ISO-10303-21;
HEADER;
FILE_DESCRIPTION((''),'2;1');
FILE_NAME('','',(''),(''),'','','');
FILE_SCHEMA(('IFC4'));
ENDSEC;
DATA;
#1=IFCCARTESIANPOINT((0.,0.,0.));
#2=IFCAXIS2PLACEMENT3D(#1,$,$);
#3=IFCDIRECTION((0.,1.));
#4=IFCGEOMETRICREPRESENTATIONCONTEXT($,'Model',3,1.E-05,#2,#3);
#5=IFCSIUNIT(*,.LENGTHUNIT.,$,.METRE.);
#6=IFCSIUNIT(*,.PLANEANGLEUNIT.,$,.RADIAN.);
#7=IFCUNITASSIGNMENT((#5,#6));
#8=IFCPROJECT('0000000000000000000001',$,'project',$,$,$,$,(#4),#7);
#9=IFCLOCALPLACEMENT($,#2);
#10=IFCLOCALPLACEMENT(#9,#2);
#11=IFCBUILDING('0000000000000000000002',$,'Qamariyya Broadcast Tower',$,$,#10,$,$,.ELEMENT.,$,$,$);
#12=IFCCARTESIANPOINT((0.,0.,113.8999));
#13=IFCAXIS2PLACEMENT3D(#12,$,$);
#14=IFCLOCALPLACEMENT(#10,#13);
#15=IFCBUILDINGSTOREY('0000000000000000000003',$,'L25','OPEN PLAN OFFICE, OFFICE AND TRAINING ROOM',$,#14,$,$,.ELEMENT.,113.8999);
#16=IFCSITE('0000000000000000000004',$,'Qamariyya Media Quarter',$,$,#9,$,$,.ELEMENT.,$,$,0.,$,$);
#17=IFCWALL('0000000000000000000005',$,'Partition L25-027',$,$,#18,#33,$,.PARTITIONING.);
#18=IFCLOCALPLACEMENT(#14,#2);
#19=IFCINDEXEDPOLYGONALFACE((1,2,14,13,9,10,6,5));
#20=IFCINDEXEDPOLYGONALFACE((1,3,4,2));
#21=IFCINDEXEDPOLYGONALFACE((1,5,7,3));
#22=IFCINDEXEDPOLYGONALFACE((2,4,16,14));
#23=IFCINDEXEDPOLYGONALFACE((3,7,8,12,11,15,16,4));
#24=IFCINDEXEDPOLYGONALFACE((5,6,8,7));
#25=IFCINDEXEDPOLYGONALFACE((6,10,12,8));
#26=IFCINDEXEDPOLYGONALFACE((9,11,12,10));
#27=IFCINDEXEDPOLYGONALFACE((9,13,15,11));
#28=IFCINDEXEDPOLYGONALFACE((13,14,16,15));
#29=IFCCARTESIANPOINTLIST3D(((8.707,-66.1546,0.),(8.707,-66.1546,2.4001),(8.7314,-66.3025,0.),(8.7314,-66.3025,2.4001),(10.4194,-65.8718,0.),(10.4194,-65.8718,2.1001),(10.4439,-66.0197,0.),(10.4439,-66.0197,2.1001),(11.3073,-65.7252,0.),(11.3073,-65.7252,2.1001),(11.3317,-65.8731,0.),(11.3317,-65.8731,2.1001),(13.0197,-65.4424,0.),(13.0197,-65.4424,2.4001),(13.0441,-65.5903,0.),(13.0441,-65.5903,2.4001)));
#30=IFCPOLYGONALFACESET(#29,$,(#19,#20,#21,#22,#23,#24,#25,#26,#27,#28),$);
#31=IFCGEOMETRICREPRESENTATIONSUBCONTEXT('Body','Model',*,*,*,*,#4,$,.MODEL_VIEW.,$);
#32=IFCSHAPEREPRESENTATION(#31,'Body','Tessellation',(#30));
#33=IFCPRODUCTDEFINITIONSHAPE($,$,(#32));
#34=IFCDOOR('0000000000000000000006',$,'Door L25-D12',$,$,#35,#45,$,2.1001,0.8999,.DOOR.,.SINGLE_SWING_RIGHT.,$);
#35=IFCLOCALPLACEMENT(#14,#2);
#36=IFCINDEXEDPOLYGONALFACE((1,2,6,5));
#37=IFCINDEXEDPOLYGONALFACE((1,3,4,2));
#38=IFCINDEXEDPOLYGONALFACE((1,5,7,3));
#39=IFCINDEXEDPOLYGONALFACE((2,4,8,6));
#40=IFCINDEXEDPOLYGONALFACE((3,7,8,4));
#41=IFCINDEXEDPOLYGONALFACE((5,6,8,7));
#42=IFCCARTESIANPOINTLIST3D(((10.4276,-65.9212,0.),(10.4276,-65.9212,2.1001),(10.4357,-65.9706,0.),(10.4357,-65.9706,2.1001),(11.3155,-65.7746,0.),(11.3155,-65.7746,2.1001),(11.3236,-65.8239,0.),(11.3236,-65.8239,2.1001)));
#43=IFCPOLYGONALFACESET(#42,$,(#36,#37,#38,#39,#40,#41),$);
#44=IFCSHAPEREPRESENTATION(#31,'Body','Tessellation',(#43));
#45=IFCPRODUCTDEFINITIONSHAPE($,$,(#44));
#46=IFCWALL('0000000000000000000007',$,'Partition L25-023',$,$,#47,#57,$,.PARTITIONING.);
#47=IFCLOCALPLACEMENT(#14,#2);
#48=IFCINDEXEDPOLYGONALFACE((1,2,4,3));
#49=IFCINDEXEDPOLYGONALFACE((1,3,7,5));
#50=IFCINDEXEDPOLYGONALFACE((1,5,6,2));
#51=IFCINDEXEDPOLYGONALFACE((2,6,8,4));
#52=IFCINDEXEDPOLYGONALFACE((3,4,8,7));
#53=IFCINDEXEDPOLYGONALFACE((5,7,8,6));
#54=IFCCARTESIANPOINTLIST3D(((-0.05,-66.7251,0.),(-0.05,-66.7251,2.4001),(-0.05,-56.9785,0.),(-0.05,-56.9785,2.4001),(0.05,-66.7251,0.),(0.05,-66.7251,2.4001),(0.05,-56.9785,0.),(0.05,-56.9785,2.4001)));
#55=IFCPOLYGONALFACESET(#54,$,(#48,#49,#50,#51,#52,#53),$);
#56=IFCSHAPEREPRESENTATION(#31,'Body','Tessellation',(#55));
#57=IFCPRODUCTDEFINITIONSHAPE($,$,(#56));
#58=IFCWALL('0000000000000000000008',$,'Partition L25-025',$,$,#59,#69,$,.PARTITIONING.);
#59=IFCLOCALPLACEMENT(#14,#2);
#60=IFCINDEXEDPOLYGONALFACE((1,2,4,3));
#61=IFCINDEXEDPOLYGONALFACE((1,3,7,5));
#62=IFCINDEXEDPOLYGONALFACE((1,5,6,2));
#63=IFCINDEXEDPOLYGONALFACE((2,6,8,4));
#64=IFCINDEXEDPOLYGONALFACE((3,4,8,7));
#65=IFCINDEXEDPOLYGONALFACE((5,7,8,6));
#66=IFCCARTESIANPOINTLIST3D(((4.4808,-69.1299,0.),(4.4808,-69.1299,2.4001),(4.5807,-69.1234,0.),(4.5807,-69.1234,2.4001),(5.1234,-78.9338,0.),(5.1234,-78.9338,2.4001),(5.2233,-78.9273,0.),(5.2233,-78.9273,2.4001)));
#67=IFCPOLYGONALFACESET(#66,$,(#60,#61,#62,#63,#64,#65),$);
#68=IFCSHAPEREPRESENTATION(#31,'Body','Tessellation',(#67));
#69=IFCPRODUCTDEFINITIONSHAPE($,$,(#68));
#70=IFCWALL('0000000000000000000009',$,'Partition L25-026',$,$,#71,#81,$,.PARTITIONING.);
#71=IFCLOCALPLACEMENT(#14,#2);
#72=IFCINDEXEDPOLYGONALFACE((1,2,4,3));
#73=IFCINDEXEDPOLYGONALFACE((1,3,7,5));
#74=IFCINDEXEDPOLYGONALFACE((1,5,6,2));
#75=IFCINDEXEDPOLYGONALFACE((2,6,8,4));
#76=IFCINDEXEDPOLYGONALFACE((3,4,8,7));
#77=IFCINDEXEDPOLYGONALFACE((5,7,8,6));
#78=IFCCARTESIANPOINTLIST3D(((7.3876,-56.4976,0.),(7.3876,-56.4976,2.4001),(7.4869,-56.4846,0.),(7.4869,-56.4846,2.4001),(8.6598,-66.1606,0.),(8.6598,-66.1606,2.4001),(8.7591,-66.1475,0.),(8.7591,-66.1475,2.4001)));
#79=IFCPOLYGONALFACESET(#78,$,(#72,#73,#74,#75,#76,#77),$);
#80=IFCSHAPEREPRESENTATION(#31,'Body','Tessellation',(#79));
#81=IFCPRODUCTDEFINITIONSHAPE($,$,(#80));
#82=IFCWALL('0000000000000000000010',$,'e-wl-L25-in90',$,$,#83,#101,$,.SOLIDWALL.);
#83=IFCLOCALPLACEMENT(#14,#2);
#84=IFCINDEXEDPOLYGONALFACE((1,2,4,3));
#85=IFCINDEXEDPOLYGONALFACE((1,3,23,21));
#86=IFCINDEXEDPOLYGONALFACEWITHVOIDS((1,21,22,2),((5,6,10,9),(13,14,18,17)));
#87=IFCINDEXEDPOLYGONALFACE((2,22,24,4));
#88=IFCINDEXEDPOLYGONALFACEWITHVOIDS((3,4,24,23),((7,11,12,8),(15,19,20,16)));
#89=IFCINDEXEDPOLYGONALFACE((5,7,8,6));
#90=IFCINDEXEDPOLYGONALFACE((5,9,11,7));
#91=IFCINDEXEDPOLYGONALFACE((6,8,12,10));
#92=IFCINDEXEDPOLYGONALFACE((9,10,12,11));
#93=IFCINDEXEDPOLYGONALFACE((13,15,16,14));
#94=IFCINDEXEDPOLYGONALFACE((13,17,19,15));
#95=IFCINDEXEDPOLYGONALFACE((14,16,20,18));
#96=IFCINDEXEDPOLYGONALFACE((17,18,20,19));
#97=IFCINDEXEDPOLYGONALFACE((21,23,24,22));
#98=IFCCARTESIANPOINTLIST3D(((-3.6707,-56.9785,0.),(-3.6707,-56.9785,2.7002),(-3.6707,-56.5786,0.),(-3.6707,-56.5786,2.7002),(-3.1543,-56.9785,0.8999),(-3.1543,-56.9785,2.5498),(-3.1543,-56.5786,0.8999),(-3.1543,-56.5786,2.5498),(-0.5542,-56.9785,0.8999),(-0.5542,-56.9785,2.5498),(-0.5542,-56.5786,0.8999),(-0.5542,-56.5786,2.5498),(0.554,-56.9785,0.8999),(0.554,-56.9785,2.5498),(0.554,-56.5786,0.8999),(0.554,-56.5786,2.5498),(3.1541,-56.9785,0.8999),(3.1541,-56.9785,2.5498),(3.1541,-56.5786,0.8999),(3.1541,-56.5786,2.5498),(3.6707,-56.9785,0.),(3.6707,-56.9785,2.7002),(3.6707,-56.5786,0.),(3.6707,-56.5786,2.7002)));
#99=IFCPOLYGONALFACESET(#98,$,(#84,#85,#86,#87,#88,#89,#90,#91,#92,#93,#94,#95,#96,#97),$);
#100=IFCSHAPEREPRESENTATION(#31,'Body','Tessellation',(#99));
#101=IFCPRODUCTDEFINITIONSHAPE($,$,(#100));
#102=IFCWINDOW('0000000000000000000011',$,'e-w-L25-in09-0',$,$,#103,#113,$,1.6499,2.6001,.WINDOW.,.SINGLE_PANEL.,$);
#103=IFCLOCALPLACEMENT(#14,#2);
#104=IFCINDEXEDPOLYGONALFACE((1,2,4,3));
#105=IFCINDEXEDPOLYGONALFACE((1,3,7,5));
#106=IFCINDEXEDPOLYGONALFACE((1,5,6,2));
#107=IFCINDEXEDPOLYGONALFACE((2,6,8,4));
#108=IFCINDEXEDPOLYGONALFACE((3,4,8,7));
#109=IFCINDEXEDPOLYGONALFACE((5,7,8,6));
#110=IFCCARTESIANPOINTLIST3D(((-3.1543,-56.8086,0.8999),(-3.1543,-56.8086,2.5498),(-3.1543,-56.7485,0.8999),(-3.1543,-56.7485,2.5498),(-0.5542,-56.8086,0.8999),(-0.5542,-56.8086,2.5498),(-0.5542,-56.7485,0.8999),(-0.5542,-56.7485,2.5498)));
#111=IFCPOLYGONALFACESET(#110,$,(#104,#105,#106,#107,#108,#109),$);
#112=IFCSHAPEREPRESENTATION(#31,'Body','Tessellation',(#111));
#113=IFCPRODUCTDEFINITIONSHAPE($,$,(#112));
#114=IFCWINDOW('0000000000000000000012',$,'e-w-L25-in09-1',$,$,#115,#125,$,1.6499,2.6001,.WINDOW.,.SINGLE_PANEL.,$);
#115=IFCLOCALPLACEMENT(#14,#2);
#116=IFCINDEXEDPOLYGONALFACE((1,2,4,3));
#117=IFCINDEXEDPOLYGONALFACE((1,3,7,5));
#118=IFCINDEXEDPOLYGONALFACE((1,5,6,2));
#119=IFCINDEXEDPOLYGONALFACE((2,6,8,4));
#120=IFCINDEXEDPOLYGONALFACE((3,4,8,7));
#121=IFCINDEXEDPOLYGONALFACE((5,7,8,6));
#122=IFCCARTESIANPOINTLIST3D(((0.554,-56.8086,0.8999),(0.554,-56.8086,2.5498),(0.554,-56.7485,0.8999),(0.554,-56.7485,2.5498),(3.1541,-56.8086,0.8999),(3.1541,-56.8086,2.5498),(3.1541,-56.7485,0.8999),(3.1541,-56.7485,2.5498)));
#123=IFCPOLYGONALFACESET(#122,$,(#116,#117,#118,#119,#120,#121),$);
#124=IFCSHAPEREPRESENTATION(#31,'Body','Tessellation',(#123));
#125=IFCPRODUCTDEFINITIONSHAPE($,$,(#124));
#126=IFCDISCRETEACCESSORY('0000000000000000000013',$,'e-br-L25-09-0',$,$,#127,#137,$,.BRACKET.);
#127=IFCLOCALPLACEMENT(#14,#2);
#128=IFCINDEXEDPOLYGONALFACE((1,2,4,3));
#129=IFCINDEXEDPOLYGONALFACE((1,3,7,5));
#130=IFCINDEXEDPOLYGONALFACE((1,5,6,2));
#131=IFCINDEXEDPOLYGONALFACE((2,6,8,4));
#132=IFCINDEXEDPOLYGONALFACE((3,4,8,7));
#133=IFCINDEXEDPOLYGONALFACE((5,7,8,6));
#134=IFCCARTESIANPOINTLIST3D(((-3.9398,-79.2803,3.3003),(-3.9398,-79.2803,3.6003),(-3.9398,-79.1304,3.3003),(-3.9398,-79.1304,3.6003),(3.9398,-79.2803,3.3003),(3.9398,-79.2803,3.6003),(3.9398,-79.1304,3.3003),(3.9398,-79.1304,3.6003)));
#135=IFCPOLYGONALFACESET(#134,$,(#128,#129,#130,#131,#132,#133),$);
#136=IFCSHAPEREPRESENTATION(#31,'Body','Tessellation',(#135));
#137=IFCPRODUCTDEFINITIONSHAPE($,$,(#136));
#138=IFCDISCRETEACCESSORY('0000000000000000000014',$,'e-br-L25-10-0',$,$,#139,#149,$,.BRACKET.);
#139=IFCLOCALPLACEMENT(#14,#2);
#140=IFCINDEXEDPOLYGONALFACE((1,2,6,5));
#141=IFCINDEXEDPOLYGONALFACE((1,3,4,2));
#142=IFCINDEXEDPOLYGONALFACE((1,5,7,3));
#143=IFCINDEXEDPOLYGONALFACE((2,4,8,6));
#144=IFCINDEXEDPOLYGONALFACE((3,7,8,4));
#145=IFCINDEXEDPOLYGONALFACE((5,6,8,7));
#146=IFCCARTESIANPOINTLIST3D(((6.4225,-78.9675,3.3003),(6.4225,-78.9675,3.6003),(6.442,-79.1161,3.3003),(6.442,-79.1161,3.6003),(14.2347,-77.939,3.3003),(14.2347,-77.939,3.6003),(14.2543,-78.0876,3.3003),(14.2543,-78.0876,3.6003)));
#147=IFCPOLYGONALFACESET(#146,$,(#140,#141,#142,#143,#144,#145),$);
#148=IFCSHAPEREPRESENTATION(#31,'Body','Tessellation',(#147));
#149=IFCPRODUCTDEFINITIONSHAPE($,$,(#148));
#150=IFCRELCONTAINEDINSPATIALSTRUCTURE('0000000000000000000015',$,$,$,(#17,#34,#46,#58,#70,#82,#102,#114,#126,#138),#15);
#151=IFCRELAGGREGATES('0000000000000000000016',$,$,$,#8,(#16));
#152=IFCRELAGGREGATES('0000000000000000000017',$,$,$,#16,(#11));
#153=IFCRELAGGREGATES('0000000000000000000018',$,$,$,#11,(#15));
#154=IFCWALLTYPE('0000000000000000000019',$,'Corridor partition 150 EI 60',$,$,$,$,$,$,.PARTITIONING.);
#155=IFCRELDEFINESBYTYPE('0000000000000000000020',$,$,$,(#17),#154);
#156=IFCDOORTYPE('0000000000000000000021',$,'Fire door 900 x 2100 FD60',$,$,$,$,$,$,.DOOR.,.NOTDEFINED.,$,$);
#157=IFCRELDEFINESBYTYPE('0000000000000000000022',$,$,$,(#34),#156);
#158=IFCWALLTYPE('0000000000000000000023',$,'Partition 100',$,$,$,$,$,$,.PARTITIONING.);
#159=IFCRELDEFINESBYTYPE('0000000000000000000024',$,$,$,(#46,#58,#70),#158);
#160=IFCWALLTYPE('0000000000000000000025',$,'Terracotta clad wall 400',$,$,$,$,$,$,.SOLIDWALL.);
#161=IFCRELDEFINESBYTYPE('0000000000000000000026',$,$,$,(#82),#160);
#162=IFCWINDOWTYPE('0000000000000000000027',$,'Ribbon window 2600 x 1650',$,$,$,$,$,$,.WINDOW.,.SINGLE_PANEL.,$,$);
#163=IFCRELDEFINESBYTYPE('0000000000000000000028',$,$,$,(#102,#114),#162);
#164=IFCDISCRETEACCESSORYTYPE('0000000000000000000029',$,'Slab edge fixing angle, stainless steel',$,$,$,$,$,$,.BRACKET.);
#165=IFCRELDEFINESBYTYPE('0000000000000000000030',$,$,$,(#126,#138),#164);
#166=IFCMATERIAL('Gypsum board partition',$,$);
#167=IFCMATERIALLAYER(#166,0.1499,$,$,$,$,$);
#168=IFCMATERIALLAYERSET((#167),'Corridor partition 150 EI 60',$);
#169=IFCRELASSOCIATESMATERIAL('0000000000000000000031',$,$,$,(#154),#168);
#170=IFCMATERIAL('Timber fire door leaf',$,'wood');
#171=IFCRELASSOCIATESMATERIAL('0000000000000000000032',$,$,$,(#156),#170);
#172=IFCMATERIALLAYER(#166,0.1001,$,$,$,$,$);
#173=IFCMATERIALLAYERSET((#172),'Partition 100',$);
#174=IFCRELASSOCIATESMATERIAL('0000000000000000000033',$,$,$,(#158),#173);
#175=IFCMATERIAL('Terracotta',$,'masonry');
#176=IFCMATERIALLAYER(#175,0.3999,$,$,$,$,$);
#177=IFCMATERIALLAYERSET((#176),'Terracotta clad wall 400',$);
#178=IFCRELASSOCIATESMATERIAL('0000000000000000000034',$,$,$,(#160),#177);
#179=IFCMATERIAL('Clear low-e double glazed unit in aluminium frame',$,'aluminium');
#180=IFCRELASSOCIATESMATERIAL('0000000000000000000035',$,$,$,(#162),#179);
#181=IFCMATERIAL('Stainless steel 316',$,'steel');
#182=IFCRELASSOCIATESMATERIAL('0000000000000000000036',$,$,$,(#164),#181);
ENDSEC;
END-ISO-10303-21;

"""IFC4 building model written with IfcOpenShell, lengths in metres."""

from ifc_helpers import new_model, si_unit, direction, frame, frame_2d, origin, origin_2d, place, context, subcontext, project, spatial, rectangle, extrude, material, layer, layer_set, type_object, element, fill, save


model = new_model("IFC4")

# Units and contexts
model_context = context("Model", 3, precision=1e-05, world=origin(), true_north=direction((0.0, 1.0)))
body_context = subcontext(model_context, "Body", "Model", "MODEL_VIEW")
ifc_project = project(units=[si_unit("LENGTHUNIT", "METRE"), si_unit("PLANEANGLEUNIT", "RADIAN")], contexts=[model_context])

# Site, building, storey
site_placement = place(None, origin())
site = spatial("IfcSite", under=ifc_project, at=site_placement, Name="Qamariyya Media Quarter", CompositionType="ELEMENT", RefElevation=0.0)
building_placement = place(site_placement, origin())
building = spatial("IfcBuilding", under=site, at=building_placement, Name="Qamariyya Broadcast Tower", CompositionType="ELEMENT")
storey_placement = place(building_placement, frame((0.0, 0.0, 113.8999)))
storey = spatial("IfcBuildingStorey", under=building, at=storey_placement, Name="L25", Description="OPEN PLAN OFFICE, OFFICE AND TRAINING ROOM", CompositionType="ELEMENT", Elevation=113.8999)

# Wall, opening, door
ifc_material_1 = material(Name="Gypsum board partition")
ifc_layer_1 = layer(ifc_material_1, 0.1499)
ifc_layer_set_1 = layer_set([ifc_layer_1], Name="Corridor partition 150 EI 60")
wall_type_1 = type_object("IfcWallType", Name="Corridor partition 150 EI 60", PredefinedType="PARTITIONING", material=ifc_layer_set_1)
ifc_material_2 = material(Name="Timber fire door leaf", Category="wood")
wall_1_placement = place(storey_placement, frame((8.7192, -66.2285, 0.0), z_axis=(0.0, 0.0, 1.0), x_axis=(0.986639, 0.162922, 0.0)))
wall_1 = element("IfcWall", 1, at=wall_1_placement, inside=storey, type_object=wall_type_1, Name="Partition L25-027", PredefinedType="PARTITIONING", context=body_context, shape_type="SweptSolid", body=[
    extrude(rectangle(XDim=4.3711, YDim=0.1499, at=frame_2d((2.1855, 0.0))), origin(), (0.0, 0.0, 1.0), 2.4001),
])
opening_1_placement = place(wall_1_placement, frame((1.7356, 0.0, 0.0)))
opening_1 = element("IfcOpeningElement", 2, at=opening_1_placement, cuts=wall_1, PredefinedType="OPENING", context=body_context, shape_type="SweptSolid", body=[
    extrude(rectangle(XDim=0.8999, YDim=2.1001, at=frame_2d((0.45, 1.05))), frame((0.0, 0.085, 0.0), z_axis=(0.0, -1.0, 0.0), x_axis=(1.0, 0.0, 0.0)), (0.0, 0.0, 1.0), 0.1699),
])
door_type_1 = type_object("IfcDoorType", Name="Fire door 900 x 2100 FD60", OperationType="NOTDEFINED", PredefinedType="DOOR", material=ifc_material_2)
door_1_placement = place(opening_1_placement, origin())
door_1 = element("IfcDoor", 3, at=door_1_placement, inside=storey, type_object=door_type_1, Name="Door L25-D12", OperationType="SINGLE_SWING_RIGHT", OverallHeight=2.1001, OverallWidth=0.8999, PredefinedType="DOOR", context=body_context, shape_type="SweptSolid", body=[
    extrude(rectangle(XDim=0.8999, YDim=2.1001, at=frame_2d((0.45, 1.05))), frame((0.0, 0.0249, 0.0), z_axis=(0.0, -1.0, 0.0), x_axis=(1.0, 0.0, 0.0)), (0.0, 0.0, 1.0), 0.05),
])
fill(opening_1, door_1)

# Walls
ifc_layer_2 = layer(ifc_material_1, 0.1001)
ifc_layer_set_2 = layer_set([ifc_layer_2], Name="Partition 100")
wall_type_2 = type_object("IfcWallType", Name="Partition 100", PredefinedType="PARTITIONING", material=ifc_layer_set_2)
wall_2_placement = place(storey_placement, frame((0.0, -56.9785, 0.0), z_axis=(0.0, 0.0, 1.0), x_axis=(0.0, -1.0, 0.0)))
element("IfcWall", 4, at=wall_2_placement, inside=storey, type_object=wall_type_2, Name="Partition L25-023", PredefinedType="PARTITIONING", context=body_context, shape_type="SweptSolid", body=[
    extrude(rectangle(XDim=9.7466, YDim=0.1001, at=frame_2d((4.8733, 0.0))), origin(), (0.0, 0.0, 1.0), 2.4001),
])
wall_3_placement = place(storey_placement, frame((5.1733, -78.9307, 0.0), z_axis=(0.0, 0.0, 1.0), x_axis=(-0.065402, 0.997859, 0.0)))
element("IfcWall", 5, at=wall_3_placement, inside=storey, type_object=wall_type_2, Name="Partition L25-025", PredefinedType="PARTITIONING", context=body_context, shape_type="SweptSolid", body=[
    extrude(rectangle(XDim=9.825, YDim=0.1001, at=frame_2d((4.9126, 0.0))), origin(), (0.0, 0.0, 1.0), 2.4001),
])
wall_4_placement = place(storey_placement, frame((7.4373, -56.4912, 0.0), z_axis=(0.0, 0.0, 1.0), x_axis=(0.130534, -0.991444, 0.0)))
element("IfcWall", 6, at=wall_4_placement, inside=storey, type_object=wall_type_2, Name="Partition L25-026", PredefinedType="PARTITIONING", context=body_context, shape_type="SweptSolid", body=[
    extrude(rectangle(XDim=9.7463, YDim=0.1001, at=frame_2d((4.873, 0.0))), origin(), (0.0, 0.0, 1.0), 2.4001),
])

# Wall, openings, windows
ifc_material_3 = material(Name="Terracotta", Category="masonry")
ifc_layer_3 = layer(ifc_material_3, 0.3999)
ifc_layer_set_3 = layer_set([ifc_layer_3], Name="Terracotta clad wall 400")
wall_type_3 = type_object("IfcWallType", Name="Terracotta clad wall 400", PredefinedType="SOLIDWALL", material=ifc_layer_set_3)
wall_5_placement = place(storey_placement, frame((3.6707, -56.7786, 0.0), z_axis=(0.0, 0.0, 1.0), x_axis=(-1.0, 0.0, 0.0)))
wall_5 = element("IfcWall", 7, at=wall_5_placement, inside=storey, type_object=wall_type_3, Name="e-wl-L25-in90", PredefinedType="SOLIDWALL", context=body_context, shape_type="SweptSolid", body=[
    extrude(rectangle(XDim=7.3413, YDim=0.3999, at=frame_2d((3.6707, 0.0))), origin(), (0.0, 0.0, 1.0), 2.7002),
])
opening_2_placement = place(wall_5_placement, frame((4.2249, 0.0, 0.8999)))
opening_2 = element("IfcOpeningElement", 8, at=opening_2_placement, cuts=wall_5, PredefinedType="OPENING", context=body_context, shape_type="SweptSolid", body=[
    extrude(rectangle(XDim=2.6001, YDim=1.6499, at=frame_2d((1.3, 0.825))), frame((0.0, 0.21, 0.0), z_axis=(0.0, -1.0, 0.0), x_axis=(1.0, 0.0, 0.0)), (0.0, 0.0, 1.0), 0.4199),
])
opening_3_placement = place(wall_5_placement, frame((0.5166, 0.0, 0.8999)))
opening_3 = element("IfcOpeningElement", 9, at=opening_3_placement, cuts=wall_5, PredefinedType="OPENING", context=body_context, shape_type="SweptSolid", body=[
    extrude(rectangle(XDim=2.6001, YDim=1.6499, at=frame_2d((1.3, 0.825))), frame((0.0, 0.21, 0.0), z_axis=(0.0, -1.0, 0.0), x_axis=(1.0, 0.0, 0.0)), (0.0, 0.0, 1.0), 0.4199),
])
ifc_material_4 = material(Name="Clear low-e double glazed unit in aluminium frame", Category="aluminium")
window_type = type_object("IfcWindowType", Name="Ribbon window 2600 x 1650", PartitioningType="SINGLE_PANEL", PredefinedType="WINDOW", material=ifc_material_4)
window_1_placement = place(opening_2_placement, origin())
window_1 = element("IfcWindow", 10, at=window_1_placement, inside=storey, type_object=window_type, Name="e-w-L25-in09-0", OverallHeight=1.6499, OverallWidth=2.6001, PartitioningType="SINGLE_PANEL", PredefinedType="WINDOW", context=body_context, shape_type="SweptSolid", body=[
    extrude(rectangle(XDim=2.6001, YDim=1.6499, at=frame_2d((1.3, 0.825))), frame((0.0, 0.03, 0.0), z_axis=(0.0, -1.0, 0.0), x_axis=(1.0, 0.0, 0.0)), (0.0, 0.0, 1.0), 0.0601),
])
fill(opening_2, window_1)
window_2_placement = place(opening_3_placement, origin())
window_2 = element("IfcWindow", 11, at=window_2_placement, inside=storey, type_object=window_type, Name="e-w-L25-in09-1", OverallHeight=1.6499, OverallWidth=2.6001, PartitioningType="SINGLE_PANEL", PredefinedType="WINDOW", context=body_context, shape_type="SweptSolid", body=[
    extrude(rectangle(XDim=2.6001, YDim=1.6499, at=frame_2d((1.3, 0.825))), frame((0.0, 0.03, 0.0), z_axis=(0.0, -1.0, 0.0), x_axis=(1.0, 0.0, 0.0)), (0.0, 0.0, 1.0), 0.0601),
])
fill(opening_3, window_2)

# Discrete accessories
ifc_material_5 = material(Name="Stainless steel 316", Category="steel")
discrete_accessory_type = type_object("IfcDiscreteAccessoryType", Name="Slab edge fixing angle, stainless steel", PredefinedType="BRACKET", material=ifc_material_5)
for number, where, z_axis, x_axis, name in (
    (12, (0.0, -79.2053, 3.3003), (0.0, 0.0, 1.0), (1.0, 0.0, 0.0), "e-br-L25-09-0"),
    (13, (10.3384, -78.5276, 3.3003), (0.0, 0.0, 1.0), (0.991445, 0.130526, 0.0), "e-br-L25-10-0"),
):
    element("IfcDiscreteAccessory", number, at=place(storey_placement, frame(where, z_axis=z_axis, x_axis=x_axis)), inside=storey, type_object=discrete_accessory_type, Name=name, PredefinedType="BRACKET", context=body_context, shape_type="SweptSolid", body=[
        extrude(rectangle(XDim=7.8796, YDim=0.1499, at=origin_2d()), origin(), (0.0, 0.0, 1.0), 0.3),
    ])

save(model, "model.ifc")
